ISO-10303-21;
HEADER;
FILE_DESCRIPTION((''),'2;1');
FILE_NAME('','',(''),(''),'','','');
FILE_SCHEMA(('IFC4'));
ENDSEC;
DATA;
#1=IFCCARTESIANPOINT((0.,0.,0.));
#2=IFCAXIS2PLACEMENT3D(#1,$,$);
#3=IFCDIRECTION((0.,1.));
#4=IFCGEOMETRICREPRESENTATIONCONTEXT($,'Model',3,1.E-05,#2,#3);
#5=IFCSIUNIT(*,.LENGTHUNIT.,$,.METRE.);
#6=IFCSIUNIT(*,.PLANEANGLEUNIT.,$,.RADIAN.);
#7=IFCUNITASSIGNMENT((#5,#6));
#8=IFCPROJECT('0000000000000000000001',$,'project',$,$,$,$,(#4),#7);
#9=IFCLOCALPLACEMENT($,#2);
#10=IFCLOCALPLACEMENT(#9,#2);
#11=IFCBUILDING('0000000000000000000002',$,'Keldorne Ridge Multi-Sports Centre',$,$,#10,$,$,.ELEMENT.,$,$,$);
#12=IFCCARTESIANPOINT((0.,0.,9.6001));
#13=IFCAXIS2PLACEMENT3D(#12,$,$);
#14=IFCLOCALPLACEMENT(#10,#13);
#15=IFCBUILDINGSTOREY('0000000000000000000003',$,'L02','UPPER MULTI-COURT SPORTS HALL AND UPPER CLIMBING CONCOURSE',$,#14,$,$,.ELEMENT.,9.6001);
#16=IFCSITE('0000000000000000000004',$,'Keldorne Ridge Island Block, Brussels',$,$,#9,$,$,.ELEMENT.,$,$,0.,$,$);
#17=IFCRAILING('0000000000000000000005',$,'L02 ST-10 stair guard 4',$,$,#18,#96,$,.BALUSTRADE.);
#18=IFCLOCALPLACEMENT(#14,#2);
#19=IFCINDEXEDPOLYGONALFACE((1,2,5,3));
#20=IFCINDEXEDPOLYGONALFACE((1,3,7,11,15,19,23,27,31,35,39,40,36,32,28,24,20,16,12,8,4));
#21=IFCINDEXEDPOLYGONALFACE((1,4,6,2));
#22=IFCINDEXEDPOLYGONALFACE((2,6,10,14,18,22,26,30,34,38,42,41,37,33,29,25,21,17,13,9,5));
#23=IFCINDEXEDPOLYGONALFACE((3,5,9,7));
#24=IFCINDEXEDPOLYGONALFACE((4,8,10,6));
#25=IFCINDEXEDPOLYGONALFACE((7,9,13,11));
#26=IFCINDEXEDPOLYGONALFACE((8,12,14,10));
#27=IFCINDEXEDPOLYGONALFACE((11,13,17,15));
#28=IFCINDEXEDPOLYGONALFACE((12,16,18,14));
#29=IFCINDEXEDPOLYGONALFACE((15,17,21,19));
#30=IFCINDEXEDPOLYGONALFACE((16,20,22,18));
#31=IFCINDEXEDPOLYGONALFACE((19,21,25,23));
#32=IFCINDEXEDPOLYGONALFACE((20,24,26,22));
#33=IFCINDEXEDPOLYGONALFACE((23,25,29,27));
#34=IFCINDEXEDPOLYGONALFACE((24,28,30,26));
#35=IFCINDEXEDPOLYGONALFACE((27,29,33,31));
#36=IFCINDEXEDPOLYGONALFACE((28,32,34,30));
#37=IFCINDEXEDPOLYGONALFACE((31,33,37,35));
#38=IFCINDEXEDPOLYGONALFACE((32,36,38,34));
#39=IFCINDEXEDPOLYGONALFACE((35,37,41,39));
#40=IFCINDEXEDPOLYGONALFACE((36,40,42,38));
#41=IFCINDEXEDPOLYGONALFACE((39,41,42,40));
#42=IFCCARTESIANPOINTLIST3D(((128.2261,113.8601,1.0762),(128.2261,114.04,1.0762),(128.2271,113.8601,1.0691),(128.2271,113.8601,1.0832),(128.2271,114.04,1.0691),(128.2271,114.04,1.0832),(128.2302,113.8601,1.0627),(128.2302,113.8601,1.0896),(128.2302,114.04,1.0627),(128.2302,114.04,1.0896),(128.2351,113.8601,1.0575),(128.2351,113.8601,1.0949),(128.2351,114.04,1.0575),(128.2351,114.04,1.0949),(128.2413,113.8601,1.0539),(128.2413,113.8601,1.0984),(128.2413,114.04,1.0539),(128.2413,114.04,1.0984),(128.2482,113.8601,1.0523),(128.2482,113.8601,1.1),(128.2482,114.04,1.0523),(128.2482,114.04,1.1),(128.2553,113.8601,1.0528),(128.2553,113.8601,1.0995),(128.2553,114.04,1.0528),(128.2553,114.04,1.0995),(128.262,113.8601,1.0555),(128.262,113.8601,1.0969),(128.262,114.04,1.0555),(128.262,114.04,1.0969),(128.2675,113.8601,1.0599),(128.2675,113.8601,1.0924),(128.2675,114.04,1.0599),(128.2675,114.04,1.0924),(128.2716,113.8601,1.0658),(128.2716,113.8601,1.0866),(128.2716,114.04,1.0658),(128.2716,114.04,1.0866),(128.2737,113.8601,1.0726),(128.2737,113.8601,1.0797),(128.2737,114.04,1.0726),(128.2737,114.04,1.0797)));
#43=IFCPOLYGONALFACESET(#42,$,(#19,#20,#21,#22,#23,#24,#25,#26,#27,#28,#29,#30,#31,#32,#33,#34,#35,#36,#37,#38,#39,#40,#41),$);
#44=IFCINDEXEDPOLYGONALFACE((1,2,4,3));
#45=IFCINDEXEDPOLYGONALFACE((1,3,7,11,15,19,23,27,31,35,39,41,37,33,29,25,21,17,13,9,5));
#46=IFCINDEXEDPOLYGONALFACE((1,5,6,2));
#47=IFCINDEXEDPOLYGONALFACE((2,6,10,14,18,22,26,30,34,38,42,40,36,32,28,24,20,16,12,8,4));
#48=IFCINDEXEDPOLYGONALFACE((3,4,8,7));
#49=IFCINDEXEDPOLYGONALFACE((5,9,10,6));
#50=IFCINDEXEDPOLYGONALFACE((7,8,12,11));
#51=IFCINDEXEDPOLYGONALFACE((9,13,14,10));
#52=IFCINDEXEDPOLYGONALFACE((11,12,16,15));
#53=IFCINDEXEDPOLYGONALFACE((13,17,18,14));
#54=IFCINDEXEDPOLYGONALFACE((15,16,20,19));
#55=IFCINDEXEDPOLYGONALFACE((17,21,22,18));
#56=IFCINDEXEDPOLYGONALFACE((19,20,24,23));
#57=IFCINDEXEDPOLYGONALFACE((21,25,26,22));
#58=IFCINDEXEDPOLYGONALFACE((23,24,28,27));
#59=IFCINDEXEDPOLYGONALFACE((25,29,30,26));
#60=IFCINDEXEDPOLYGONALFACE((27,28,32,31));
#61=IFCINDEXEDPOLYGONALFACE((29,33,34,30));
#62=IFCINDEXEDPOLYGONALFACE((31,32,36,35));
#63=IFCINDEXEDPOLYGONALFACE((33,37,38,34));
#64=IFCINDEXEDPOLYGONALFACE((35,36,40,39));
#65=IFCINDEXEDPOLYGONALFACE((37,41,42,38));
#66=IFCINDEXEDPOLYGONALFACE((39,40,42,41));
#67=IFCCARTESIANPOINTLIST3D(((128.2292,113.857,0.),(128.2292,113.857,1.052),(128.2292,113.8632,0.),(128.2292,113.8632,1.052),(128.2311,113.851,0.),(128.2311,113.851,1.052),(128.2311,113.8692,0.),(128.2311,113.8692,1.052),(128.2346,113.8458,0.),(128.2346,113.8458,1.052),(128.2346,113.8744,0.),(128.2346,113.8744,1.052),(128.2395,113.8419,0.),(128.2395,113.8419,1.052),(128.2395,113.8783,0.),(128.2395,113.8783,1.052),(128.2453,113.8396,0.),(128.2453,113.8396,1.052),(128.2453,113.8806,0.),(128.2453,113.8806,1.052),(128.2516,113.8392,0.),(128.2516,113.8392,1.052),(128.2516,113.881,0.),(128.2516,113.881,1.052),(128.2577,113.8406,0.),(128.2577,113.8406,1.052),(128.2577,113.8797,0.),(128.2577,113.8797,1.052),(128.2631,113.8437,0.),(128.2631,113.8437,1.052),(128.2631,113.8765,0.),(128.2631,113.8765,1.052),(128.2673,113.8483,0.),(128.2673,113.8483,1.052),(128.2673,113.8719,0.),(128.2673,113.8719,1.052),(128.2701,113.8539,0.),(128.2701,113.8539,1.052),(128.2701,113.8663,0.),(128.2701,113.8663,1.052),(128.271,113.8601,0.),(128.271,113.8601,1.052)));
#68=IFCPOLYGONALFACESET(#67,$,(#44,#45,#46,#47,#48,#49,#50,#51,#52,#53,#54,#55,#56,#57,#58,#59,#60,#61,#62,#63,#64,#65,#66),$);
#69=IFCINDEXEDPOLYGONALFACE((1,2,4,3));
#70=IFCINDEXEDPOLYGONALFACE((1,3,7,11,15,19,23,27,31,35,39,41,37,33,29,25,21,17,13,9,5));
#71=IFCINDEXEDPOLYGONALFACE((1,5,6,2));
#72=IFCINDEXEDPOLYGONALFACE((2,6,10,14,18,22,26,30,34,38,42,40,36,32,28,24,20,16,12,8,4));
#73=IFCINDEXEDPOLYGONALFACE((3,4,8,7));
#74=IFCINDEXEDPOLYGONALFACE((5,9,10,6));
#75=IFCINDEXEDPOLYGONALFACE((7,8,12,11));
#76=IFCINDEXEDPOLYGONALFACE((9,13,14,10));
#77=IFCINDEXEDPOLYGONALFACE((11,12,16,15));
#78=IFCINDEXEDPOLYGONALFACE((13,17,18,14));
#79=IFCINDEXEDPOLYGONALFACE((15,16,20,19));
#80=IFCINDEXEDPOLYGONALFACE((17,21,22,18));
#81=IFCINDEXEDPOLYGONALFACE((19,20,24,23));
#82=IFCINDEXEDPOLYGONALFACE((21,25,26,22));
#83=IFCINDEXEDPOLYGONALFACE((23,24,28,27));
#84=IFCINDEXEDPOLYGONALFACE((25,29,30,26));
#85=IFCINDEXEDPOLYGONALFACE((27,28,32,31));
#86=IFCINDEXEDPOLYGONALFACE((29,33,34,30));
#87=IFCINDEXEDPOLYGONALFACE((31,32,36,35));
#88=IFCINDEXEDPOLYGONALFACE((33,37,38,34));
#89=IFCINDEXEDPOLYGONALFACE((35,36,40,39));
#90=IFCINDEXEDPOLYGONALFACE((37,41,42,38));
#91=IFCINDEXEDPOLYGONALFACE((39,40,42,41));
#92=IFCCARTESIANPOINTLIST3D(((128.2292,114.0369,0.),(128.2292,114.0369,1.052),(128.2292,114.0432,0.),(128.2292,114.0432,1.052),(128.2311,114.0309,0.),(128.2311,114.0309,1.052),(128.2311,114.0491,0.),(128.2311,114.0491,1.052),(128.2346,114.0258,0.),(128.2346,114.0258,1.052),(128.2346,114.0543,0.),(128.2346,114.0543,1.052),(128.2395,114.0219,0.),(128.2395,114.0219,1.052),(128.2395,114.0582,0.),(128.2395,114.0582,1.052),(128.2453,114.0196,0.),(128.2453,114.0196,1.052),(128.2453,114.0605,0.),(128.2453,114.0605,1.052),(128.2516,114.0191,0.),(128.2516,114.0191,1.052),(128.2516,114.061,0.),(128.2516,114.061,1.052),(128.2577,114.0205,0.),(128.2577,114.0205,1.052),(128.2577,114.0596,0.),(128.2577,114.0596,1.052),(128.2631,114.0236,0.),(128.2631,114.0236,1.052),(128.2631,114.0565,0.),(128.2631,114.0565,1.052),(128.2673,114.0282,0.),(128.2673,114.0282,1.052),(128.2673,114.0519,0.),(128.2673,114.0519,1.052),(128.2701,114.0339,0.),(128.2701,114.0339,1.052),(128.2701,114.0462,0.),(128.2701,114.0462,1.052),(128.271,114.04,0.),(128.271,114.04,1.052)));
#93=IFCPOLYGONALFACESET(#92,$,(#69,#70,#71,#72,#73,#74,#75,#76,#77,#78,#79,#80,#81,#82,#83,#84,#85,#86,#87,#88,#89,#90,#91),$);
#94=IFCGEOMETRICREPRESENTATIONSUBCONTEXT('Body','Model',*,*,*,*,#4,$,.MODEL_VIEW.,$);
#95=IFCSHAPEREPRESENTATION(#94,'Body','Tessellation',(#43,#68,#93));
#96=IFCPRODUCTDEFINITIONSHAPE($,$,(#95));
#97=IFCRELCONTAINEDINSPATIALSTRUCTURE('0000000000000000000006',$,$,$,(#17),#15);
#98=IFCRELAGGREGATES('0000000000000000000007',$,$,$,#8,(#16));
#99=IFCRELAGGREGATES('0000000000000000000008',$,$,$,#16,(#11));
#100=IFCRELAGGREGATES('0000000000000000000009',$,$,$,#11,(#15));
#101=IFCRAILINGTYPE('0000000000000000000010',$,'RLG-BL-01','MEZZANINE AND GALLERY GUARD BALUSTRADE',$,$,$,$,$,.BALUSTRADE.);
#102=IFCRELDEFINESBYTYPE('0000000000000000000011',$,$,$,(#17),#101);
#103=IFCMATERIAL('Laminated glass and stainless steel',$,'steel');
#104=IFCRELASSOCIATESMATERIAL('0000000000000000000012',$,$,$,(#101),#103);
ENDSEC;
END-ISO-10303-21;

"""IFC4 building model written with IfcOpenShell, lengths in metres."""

from ifc_helpers import new_model, si_unit, direction, frame, origin, origin_2d, place, context, subcontext, project, spatial, circle, extrude, material, type_object, element, save


model = new_model("IFC4")

# Units and contexts
model_context = context("Model", 3, precision=1e-05, world=origin(), true_north=direction((0.0, 1.0)))
body_context = subcontext(model_context, "Body", "Model", "MODEL_VIEW")
ifc_project = project(units=[si_unit("LENGTHUNIT", "METRE"), si_unit("PLANEANGLEUNIT", "RADIAN")], contexts=[model_context])

# Site, building, storey
site_placement = place(None, origin())
site = spatial("IfcSite", under=ifc_project, at=site_placement, Name="Keldorne Ridge Island Block, Brussels", CompositionType="ELEMENT", RefElevation=0.0)
building_placement = place(site_placement, origin())
building = spatial("IfcBuilding", under=site, at=building_placement, Name="Keldorne Ridge Multi-Sports Centre", CompositionType="ELEMENT")
storey_placement = place(building_placement, frame((0.0, 0.0, 9.6001)))
storey = spatial("IfcBuildingStorey", under=building, at=storey_placement, Name="L02", Description="UPPER MULTI-COURT SPORTS HALL AND UPPER CLIMBING CONCOURSE", CompositionType="ELEMENT", Elevation=9.6001)

# Railing
ifc_material_1 = material(Name="Laminated glass and stainless steel", Category="steel")
railing_type_1 = type_object("IfcRailingType", Name="RLG-BL-01", Description="MEZZANINE AND GALLERY GUARD BALUSTRADE", PredefinedType="BALUSTRADE", material=ifc_material_1)
railing_1_placement = place(storey_placement, frame((128.25, 113.8601, 0.0)))
element("IfcRailing", 1, at=railing_1_placement, inside=storey, type_object=railing_type_1, Name="L02 ST-10 stair guard 4", PredefinedType="BALUSTRADE", context=body_context, shape_type="SweptSolid", body=[
    extrude(circle(Radius=0.0239, at=origin_2d()), frame((0.0, 0.0, 1.0762), z_axis=(0.0, 1.0, 0.0), x_axis=(-1.0, 0.0, 0.0)), (0.0, 0.0, 1.0), 0.1799),
    extrude(circle(Radius=0.021, at=origin_2d()), origin(), (0.0, 0.0, 1.0), 1.052),
    extrude(circle(Radius=0.021, at=origin_2d()), frame((0.0, 0.1799, 0.0)), (0.0, 0.0, 1.0), 1.052),
])

save(model, "model.ifc")
